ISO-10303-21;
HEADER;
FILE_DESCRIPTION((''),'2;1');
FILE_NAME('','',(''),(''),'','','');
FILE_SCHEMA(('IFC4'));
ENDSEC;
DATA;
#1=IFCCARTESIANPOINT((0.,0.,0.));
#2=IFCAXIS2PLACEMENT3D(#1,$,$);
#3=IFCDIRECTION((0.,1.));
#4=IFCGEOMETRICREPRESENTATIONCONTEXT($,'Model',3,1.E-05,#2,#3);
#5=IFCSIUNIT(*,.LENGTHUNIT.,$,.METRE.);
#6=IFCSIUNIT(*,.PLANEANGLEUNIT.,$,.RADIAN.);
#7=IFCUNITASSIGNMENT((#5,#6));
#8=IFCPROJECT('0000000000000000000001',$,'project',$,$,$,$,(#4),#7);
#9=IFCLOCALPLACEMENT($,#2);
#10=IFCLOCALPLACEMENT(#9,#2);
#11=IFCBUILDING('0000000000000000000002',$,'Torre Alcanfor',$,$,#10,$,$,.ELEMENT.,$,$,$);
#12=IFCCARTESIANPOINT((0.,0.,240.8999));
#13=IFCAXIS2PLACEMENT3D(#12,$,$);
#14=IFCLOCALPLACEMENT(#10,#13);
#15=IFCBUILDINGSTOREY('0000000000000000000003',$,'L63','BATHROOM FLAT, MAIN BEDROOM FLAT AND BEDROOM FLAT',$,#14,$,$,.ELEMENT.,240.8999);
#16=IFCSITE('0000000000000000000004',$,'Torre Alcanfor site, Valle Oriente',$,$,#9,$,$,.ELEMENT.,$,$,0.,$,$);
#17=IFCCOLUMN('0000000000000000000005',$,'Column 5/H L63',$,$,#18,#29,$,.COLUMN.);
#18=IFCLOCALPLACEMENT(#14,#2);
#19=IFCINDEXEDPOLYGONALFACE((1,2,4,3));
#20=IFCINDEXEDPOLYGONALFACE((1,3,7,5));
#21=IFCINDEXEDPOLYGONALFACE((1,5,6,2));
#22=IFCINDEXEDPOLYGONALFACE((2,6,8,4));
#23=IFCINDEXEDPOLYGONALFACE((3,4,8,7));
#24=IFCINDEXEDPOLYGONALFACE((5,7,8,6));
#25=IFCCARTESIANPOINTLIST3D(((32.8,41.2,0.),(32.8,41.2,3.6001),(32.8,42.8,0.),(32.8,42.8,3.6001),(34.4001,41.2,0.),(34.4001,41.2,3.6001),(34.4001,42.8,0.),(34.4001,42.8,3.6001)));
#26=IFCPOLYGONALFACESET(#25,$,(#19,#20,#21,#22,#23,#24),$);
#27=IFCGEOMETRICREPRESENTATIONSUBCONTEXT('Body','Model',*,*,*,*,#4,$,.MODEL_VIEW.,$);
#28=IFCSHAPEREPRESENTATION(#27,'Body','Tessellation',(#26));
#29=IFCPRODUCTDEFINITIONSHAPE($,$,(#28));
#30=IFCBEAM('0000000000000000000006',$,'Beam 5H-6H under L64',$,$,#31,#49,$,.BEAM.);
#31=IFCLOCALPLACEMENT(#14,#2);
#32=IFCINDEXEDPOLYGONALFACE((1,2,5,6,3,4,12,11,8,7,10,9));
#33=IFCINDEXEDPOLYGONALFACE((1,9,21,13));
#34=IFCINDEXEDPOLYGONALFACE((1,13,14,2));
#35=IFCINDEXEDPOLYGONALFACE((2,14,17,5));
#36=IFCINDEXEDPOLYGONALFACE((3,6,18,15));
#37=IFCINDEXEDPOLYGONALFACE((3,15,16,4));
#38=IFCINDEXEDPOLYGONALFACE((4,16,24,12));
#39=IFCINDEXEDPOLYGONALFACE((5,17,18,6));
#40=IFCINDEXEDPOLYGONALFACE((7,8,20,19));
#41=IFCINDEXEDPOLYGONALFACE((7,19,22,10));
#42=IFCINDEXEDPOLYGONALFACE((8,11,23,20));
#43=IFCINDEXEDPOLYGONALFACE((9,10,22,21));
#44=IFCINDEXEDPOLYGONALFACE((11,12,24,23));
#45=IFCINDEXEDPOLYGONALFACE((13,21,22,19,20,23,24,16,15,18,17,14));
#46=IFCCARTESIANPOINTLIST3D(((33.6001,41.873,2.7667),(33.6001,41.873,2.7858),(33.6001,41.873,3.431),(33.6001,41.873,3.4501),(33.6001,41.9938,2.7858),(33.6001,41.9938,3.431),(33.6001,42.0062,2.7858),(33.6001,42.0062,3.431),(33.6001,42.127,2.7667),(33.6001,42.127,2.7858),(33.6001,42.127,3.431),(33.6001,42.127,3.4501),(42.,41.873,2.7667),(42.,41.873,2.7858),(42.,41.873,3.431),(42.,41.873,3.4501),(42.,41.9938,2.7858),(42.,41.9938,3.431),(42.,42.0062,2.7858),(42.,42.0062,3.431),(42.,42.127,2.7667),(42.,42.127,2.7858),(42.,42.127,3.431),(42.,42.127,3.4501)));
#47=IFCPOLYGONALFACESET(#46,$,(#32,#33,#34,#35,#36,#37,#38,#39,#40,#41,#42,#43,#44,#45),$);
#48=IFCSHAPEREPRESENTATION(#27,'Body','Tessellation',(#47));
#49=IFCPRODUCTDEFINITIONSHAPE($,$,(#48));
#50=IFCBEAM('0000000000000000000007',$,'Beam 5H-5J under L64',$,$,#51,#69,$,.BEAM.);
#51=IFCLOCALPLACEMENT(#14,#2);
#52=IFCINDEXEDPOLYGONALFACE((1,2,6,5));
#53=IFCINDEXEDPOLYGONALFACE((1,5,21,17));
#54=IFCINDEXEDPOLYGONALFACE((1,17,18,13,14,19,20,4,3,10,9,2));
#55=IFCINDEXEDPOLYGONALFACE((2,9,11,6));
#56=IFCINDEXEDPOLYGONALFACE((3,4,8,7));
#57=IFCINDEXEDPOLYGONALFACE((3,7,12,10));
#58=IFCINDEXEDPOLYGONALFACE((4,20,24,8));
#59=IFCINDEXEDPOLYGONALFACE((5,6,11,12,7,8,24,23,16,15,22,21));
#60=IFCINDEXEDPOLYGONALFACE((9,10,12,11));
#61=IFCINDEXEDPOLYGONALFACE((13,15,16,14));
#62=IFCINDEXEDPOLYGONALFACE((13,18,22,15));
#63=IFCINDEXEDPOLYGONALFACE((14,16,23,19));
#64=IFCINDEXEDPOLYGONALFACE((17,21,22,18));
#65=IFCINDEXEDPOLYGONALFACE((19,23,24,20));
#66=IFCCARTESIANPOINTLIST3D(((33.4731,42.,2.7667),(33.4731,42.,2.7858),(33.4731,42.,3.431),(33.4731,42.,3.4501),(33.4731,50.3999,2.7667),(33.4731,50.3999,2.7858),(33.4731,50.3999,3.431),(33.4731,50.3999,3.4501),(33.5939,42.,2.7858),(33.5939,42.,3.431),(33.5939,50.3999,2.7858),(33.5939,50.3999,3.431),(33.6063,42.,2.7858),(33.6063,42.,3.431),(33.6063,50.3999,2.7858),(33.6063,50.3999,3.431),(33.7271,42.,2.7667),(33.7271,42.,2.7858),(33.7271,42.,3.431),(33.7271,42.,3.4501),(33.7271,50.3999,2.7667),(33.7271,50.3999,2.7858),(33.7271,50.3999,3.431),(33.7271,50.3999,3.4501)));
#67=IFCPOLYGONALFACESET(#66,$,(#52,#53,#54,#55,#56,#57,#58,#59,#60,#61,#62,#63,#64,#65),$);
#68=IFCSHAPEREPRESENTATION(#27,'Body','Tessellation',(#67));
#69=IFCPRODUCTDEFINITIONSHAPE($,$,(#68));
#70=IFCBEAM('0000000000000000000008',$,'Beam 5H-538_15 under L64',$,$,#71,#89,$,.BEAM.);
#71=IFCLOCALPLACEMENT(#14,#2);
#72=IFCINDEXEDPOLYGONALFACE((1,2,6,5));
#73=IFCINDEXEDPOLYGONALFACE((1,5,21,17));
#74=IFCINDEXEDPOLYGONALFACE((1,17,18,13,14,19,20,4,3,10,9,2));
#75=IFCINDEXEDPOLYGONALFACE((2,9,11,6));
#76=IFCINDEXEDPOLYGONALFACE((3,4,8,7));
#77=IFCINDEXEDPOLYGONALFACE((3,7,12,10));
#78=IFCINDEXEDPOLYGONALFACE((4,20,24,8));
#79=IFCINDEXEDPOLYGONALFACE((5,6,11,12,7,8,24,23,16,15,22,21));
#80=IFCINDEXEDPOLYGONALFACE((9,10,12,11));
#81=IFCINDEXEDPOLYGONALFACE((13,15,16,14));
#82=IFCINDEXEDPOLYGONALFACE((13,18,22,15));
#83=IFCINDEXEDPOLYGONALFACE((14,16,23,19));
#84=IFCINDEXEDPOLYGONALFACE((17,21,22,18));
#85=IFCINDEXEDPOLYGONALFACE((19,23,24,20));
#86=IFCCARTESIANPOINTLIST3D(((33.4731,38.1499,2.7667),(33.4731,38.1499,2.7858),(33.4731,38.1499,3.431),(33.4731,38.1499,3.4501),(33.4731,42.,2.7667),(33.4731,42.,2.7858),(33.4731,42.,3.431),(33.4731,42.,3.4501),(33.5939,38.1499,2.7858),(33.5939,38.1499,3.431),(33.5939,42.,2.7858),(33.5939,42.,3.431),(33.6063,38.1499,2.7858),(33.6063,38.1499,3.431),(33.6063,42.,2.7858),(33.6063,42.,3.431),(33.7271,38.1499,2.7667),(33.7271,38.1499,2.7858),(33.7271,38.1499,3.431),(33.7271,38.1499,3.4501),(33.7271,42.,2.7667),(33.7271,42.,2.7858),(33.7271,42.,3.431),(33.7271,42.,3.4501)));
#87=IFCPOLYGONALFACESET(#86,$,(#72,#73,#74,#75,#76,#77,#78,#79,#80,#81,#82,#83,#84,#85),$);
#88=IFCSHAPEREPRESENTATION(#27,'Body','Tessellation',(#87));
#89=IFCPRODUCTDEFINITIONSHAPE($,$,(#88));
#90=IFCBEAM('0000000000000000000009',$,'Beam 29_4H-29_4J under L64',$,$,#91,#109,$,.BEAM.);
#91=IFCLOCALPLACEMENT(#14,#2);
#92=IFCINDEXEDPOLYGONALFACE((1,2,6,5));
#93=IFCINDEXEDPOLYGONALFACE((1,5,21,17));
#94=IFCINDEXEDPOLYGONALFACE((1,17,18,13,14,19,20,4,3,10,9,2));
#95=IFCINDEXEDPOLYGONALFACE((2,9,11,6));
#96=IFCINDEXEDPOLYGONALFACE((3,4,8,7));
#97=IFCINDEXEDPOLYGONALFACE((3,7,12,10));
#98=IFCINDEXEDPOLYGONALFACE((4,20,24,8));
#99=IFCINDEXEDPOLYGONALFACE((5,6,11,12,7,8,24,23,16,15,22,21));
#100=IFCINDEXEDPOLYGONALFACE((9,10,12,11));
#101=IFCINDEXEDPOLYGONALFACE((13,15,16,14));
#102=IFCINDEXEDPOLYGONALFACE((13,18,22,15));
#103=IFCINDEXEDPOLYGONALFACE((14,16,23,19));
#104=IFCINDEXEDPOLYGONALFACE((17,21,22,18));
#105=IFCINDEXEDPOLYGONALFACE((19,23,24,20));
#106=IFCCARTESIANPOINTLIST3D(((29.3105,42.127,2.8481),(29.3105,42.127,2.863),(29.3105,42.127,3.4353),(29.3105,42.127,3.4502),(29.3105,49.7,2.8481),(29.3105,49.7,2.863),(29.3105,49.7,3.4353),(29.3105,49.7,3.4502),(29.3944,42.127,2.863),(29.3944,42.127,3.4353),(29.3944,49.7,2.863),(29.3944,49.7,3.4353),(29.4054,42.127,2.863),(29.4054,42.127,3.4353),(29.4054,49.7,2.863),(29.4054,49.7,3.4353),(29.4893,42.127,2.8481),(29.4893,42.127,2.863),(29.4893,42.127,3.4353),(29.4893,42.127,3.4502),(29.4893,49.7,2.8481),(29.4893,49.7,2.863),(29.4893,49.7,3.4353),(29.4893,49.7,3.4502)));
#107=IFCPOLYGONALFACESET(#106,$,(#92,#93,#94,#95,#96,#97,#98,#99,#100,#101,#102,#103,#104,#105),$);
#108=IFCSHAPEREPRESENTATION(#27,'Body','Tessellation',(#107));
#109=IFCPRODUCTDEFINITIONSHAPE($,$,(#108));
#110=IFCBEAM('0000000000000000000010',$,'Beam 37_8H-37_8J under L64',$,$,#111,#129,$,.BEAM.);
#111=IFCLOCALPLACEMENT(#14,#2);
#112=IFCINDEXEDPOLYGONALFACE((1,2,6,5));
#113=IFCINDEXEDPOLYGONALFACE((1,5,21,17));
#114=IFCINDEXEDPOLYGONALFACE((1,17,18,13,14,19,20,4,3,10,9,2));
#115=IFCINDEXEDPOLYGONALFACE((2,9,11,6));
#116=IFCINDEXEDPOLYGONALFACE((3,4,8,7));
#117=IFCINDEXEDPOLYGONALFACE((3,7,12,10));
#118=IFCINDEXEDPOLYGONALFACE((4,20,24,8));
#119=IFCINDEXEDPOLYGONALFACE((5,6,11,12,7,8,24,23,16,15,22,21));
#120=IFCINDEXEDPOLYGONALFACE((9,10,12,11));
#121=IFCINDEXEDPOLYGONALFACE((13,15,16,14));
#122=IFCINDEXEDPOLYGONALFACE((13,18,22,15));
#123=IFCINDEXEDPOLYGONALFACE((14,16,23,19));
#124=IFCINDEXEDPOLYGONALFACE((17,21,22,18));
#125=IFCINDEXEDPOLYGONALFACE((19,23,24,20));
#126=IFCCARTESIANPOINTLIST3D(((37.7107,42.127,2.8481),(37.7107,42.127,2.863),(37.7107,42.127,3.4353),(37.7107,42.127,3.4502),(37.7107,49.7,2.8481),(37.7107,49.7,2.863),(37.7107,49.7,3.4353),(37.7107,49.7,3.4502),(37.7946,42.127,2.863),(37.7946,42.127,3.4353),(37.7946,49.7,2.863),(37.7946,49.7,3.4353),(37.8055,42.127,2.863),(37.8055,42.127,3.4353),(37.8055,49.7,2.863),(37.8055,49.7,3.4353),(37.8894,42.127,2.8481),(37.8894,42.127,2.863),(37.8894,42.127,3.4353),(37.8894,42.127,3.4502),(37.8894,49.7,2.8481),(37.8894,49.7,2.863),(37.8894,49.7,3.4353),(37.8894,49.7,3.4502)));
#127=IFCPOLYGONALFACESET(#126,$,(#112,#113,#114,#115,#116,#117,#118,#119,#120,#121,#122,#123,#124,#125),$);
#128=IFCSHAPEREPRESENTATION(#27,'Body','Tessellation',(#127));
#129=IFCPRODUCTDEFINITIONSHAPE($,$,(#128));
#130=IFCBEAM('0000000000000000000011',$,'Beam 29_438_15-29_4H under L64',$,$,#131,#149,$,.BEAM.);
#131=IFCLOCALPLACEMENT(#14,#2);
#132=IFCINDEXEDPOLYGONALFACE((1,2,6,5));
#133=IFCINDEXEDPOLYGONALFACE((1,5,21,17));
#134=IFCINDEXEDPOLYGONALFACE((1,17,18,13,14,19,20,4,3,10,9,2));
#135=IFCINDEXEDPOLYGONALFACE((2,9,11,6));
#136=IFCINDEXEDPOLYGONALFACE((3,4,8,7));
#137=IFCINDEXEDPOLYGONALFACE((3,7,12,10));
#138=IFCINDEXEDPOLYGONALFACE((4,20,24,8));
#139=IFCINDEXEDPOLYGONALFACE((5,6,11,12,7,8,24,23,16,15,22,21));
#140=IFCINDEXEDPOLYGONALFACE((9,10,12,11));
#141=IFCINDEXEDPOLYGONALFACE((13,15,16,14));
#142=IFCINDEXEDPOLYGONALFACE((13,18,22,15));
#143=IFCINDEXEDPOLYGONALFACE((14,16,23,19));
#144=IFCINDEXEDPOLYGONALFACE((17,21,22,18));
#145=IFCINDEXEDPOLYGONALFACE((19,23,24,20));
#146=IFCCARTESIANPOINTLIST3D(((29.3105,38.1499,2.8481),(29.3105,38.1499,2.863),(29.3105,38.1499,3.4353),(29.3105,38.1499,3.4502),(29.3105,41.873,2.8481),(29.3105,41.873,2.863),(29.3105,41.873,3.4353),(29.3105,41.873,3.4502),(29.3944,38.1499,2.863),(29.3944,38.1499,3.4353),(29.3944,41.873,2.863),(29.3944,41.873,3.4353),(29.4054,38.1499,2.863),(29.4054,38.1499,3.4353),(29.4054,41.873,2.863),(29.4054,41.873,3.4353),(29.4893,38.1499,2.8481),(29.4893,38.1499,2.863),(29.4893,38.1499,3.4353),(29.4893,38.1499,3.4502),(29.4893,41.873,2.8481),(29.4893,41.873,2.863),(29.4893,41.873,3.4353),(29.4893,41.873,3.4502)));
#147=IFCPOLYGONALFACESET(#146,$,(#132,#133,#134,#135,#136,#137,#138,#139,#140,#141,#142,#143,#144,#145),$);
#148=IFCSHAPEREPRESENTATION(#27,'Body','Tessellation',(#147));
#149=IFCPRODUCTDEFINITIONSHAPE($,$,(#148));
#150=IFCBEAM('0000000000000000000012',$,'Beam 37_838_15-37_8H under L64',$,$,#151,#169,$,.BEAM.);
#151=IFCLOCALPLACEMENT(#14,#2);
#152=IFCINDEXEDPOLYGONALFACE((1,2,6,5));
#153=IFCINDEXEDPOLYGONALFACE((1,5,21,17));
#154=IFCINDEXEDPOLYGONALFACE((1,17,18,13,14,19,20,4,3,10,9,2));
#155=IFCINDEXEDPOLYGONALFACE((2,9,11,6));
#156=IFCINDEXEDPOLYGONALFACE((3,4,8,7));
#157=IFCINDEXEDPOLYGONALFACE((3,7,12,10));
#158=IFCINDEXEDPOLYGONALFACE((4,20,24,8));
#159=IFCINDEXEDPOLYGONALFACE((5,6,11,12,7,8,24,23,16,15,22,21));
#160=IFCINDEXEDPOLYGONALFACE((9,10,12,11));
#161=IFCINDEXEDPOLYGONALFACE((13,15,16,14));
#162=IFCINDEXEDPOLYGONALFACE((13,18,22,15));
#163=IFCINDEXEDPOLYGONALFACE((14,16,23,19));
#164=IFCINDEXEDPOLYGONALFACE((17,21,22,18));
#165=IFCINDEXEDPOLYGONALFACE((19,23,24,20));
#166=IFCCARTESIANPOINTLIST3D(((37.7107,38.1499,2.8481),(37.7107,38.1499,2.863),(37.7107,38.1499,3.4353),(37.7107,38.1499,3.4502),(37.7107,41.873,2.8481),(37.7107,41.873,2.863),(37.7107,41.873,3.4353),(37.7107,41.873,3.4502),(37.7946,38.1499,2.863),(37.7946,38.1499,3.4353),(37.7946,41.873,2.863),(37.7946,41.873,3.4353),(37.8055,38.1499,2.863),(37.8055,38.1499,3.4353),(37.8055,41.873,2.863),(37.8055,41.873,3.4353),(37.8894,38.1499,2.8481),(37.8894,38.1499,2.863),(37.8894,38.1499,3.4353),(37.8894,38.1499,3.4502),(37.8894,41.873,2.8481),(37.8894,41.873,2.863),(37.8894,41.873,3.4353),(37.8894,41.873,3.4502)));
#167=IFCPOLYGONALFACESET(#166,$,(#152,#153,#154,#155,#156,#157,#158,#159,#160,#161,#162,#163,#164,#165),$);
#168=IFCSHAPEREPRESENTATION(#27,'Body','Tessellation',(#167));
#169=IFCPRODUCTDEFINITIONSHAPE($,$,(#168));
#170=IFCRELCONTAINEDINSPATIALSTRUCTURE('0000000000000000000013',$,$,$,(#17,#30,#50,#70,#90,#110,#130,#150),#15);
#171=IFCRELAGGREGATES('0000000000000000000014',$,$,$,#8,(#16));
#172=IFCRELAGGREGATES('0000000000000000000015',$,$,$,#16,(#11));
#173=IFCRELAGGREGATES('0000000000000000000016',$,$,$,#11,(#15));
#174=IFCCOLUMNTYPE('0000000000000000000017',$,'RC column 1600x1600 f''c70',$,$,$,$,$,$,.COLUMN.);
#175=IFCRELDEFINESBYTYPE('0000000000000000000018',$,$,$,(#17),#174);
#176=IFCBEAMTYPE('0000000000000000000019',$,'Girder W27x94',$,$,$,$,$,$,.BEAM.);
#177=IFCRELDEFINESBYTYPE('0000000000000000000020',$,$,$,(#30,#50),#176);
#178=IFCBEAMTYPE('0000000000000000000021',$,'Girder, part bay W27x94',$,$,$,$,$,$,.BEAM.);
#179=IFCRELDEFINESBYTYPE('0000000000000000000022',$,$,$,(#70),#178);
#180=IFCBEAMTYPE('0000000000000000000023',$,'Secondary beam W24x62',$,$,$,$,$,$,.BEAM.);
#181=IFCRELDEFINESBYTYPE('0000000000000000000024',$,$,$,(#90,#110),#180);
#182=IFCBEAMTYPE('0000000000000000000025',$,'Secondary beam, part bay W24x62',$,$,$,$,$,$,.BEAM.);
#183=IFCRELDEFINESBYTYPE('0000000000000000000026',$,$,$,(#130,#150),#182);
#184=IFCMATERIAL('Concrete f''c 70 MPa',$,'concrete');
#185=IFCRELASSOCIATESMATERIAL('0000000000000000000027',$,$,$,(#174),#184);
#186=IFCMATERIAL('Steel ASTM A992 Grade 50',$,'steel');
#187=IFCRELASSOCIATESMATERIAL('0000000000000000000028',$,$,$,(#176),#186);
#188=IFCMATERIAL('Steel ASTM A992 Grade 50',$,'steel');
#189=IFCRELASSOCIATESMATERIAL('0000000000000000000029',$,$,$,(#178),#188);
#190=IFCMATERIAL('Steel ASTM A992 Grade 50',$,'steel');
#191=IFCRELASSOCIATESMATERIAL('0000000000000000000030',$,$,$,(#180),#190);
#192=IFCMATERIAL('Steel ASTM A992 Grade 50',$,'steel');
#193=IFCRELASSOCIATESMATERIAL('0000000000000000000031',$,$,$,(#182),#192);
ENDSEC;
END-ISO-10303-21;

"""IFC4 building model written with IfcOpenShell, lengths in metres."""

from ifc_helpers import new_model, si_unit, direction, frame, origin, origin_2d, place, context, subcontext, project, spatial, rectangle, i_section, extrude, material, material_profile, profile_set, type_object, element, save


model = new_model("IFC4")

# Units and contexts
model_context = context("Model", 3, precision=1e-05, world=origin(), true_north=direction((0.0, 1.0)))
body_context = subcontext(model_context, "Body", "Model", "MODEL_VIEW")
ifc_project = project(units=[si_unit("LENGTHUNIT", "METRE"), si_unit("PLANEANGLEUNIT", "RADIAN")], contexts=[model_context])

# Site, building, storey
site_placement = place(None, origin())
site = spatial("IfcSite", under=ifc_project, at=site_placement, Name="Torre Alcanfor site, Valle Oriente", CompositionType="ELEMENT", RefElevation=0.0)
building_placement = place(site_placement, origin())
building = spatial("IfcBuilding", under=site, at=building_placement, Name="Torre Alcanfor", CompositionType="ELEMENT")
storey_placement = place(building_placement, frame((0.0, 0.0, 240.8999)))
storey = spatial("IfcBuildingStorey", under=building, at=storey_placement, Name="L63", Description="BATHROOM FLAT, MAIN BEDROOM FLAT AND BEDROOM FLAT", CompositionType="ELEMENT", Elevation=240.8999)

# Column
ifc_material_1 = material(Name="Concrete f'c 70 MPa", Category="concrete")
ifc_material_profile_1 = material_profile(ifc_material_1, rectangle(XDim=1.6001, YDim=1.6001, at=origin_2d()), Name="1600x1600")
ifc_profile_set_1 = profile_set([ifc_material_profile_1], Name="Concrete f'c 70 MPa")
column_type = type_object("IfcColumnType", Name="RC column 1600x1600 f'c70", PredefinedType="COLUMN", material=ifc_profile_set_1)
column_placement = place(storey_placement, frame((33.6001, 42.0, 0.0), z_axis=(0.0, 0.0, 1.0), x_axis=(1.0, 0.0, 0.0)))
element("IfcColumn", 1, at=column_placement, inside=storey, type_object=column_type, Name="Column 5/H L63", PredefinedType="COLUMN", context=body_context, shape_type="SweptSolid", body=[
    extrude(rectangle(XDim=1.6001, YDim=1.6001, at=origin_2d()), origin(), (0.0, 0.0, 1.0), 3.6001),
])

# Beams
ifc_material_2 = material(Name="Steel ASTM A992 Grade 50", Category="steel")
ifc_material_profile_2 = material_profile(ifc_material_2, i_section(OverallWidth=0.2539, OverallDepth=0.6833, WebThickness=0.0125, FlangeThickness=0.019, at=origin_2d()), Name="W27x94")
ifc_profile_set_2 = profile_set([ifc_material_profile_2], Name="Steel ASTM A992 Grade 50")
beam_type_1 = type_object("IfcBeamType", Name="Girder W27x94", PredefinedType="BEAM", material=ifc_profile_set_2)
for number, where, z_axis, x_axis, name in (
    (2, (33.6001, 42.0, 3.1084), (1.0, 0.0, 0.0), (0.0, 1.0, 0.0), "Beam 5H-6H under L64"),
    (3, (33.6001, 42.0, 3.1084), (0.0, 1.0, 0.0), (-1.0, 0.0, 0.0), "Beam 5H-5J under L64"),
):
    element("IfcBeam", number, at=place(storey_placement, frame(where, z_axis=z_axis, x_axis=x_axis)), inside=storey, type_object=beam_type_1, Name=name, PredefinedType="BEAM", context=body_context, shape_type="SweptSolid", body=[
        extrude(i_section(OverallWidth=0.2539, OverallDepth=0.6833, WebThickness=0.0125, FlangeThickness=0.019, at=origin_2d()), origin(), (0.0, 0.0, 1.0), 8.3999),
    ])
ifc_material_3 = material(Name="Steel ASTM A992 Grade 50", Category="steel")
ifc_material_profile_3 = material_profile(ifc_material_3, i_section(OverallWidth=0.2539, OverallDepth=0.6833, WebThickness=0.0125, FlangeThickness=0.019, at=origin_2d()), Name="W27x94")
ifc_profile_set_3 = profile_set([ifc_material_profile_3], Name="Steel ASTM A992 Grade 50")
beam_type_2 = type_object("IfcBeamType", Name="Girder, part bay W27x94", PredefinedType="BEAM", material=ifc_profile_set_3)
beam_1_placement = place(storey_placement, frame((33.6001, 42.0, 3.1084), z_axis=(0.0, -1.0, 0.0), x_axis=(1.0, 0.0, 0.0)))
element("IfcBeam", 4, at=beam_1_placement, inside=storey, type_object=beam_type_2, Name="Beam 5H-538_15 under L64", PredefinedType="BEAM", context=body_context, shape_type="SweptSolid", body=[
    extrude(i_section(OverallWidth=0.2539, OverallDepth=0.6833, WebThickness=0.0125, FlangeThickness=0.019, at=origin_2d()), origin(), (0.0, 0.0, 1.0), 3.8501),
])
ifc_material_4 = material(Name="Steel ASTM A992 Grade 50", Category="steel")
ifc_material_profile_4 = material_profile(ifc_material_4, i_section(OverallWidth=0.1787, OverallDepth=0.6021, WebThickness=0.011, FlangeThickness=0.0149, at=origin_2d()), Name="W24x62")
ifc_profile_set_4 = profile_set([ifc_material_profile_4], Name="Steel ASTM A992 Grade 50")
beam_type_3 = type_object("IfcBeamType", Name="Secondary beam W24x62", PredefinedType="BEAM", material=ifc_profile_set_4)
for number, where, z_axis, x_axis, name in (
    (5, (29.3999, 42.127, 3.1492), (0.0, 1.0, 0.0), (-1.0, 0.0, 0.0), "Beam 29_4H-29_4J under L64"),
    (6, (37.8, 42.127, 3.1492), (0.0, 1.0, 0.0), (-1.0, 0.0, 0.0), "Beam 37_8H-37_8J under L64"),
):
    element("IfcBeam", number, at=place(storey_placement, frame(where, z_axis=z_axis, x_axis=x_axis)), inside=storey, type_object=beam_type_3, Name=name, PredefinedType="BEAM", context=body_context, shape_type="SweptSolid", body=[
        extrude(i_section(OverallWidth=0.1787, OverallDepth=0.6021, WebThickness=0.011, FlangeThickness=0.0149, at=origin_2d()), origin(), (0.0, 0.0, 1.0), 7.573),
    ])
ifc_material_5 = material(Name="Steel ASTM A992 Grade 50", Category="steel")
ifc_material_profile_5 = material_profile(ifc_material_5, i_section(OverallWidth=0.1787, OverallDepth=0.6021, WebThickness=0.011, FlangeThickness=0.0149, at=origin_2d()), Name="W24x62")
ifc_profile_set_5 = profile_set([ifc_material_profile_5], Name="Steel ASTM A992 Grade 50")
beam_type_4 = type_object("IfcBeamType", Name="Secondary beam, part bay W24x62", PredefinedType="BEAM", material=ifc_profile_set_5)
for number, where, z_axis, x_axis, name in (
    (7, (29.3999, 38.1499, 3.1492), (0.0, 1.0, 0.0), (-1.0, 0.0, 0.0), "Beam 29_438_15-29_4H under L64"),
    (8, (37.8, 38.1499, 3.1492), (0.0, 1.0, 0.0), (-1.0, 0.0, 0.0), "Beam 37_838_15-37_8H under L64"),
):
    element("IfcBeam", number, at=place(storey_placement, frame(where, z_axis=z_axis, x_axis=x_axis)), inside=storey, type_object=beam_type_4, Name=name, PredefinedType="BEAM", context=body_context, shape_type="SweptSolid", body=[
        extrude(i_section(OverallWidth=0.1787, OverallDepth=0.6021, WebThickness=0.011, FlangeThickness=0.0149, at=origin_2d()), origin(), (0.0, 0.0, 1.0), 3.7231),
    ])

save(model, "model.ifc")
